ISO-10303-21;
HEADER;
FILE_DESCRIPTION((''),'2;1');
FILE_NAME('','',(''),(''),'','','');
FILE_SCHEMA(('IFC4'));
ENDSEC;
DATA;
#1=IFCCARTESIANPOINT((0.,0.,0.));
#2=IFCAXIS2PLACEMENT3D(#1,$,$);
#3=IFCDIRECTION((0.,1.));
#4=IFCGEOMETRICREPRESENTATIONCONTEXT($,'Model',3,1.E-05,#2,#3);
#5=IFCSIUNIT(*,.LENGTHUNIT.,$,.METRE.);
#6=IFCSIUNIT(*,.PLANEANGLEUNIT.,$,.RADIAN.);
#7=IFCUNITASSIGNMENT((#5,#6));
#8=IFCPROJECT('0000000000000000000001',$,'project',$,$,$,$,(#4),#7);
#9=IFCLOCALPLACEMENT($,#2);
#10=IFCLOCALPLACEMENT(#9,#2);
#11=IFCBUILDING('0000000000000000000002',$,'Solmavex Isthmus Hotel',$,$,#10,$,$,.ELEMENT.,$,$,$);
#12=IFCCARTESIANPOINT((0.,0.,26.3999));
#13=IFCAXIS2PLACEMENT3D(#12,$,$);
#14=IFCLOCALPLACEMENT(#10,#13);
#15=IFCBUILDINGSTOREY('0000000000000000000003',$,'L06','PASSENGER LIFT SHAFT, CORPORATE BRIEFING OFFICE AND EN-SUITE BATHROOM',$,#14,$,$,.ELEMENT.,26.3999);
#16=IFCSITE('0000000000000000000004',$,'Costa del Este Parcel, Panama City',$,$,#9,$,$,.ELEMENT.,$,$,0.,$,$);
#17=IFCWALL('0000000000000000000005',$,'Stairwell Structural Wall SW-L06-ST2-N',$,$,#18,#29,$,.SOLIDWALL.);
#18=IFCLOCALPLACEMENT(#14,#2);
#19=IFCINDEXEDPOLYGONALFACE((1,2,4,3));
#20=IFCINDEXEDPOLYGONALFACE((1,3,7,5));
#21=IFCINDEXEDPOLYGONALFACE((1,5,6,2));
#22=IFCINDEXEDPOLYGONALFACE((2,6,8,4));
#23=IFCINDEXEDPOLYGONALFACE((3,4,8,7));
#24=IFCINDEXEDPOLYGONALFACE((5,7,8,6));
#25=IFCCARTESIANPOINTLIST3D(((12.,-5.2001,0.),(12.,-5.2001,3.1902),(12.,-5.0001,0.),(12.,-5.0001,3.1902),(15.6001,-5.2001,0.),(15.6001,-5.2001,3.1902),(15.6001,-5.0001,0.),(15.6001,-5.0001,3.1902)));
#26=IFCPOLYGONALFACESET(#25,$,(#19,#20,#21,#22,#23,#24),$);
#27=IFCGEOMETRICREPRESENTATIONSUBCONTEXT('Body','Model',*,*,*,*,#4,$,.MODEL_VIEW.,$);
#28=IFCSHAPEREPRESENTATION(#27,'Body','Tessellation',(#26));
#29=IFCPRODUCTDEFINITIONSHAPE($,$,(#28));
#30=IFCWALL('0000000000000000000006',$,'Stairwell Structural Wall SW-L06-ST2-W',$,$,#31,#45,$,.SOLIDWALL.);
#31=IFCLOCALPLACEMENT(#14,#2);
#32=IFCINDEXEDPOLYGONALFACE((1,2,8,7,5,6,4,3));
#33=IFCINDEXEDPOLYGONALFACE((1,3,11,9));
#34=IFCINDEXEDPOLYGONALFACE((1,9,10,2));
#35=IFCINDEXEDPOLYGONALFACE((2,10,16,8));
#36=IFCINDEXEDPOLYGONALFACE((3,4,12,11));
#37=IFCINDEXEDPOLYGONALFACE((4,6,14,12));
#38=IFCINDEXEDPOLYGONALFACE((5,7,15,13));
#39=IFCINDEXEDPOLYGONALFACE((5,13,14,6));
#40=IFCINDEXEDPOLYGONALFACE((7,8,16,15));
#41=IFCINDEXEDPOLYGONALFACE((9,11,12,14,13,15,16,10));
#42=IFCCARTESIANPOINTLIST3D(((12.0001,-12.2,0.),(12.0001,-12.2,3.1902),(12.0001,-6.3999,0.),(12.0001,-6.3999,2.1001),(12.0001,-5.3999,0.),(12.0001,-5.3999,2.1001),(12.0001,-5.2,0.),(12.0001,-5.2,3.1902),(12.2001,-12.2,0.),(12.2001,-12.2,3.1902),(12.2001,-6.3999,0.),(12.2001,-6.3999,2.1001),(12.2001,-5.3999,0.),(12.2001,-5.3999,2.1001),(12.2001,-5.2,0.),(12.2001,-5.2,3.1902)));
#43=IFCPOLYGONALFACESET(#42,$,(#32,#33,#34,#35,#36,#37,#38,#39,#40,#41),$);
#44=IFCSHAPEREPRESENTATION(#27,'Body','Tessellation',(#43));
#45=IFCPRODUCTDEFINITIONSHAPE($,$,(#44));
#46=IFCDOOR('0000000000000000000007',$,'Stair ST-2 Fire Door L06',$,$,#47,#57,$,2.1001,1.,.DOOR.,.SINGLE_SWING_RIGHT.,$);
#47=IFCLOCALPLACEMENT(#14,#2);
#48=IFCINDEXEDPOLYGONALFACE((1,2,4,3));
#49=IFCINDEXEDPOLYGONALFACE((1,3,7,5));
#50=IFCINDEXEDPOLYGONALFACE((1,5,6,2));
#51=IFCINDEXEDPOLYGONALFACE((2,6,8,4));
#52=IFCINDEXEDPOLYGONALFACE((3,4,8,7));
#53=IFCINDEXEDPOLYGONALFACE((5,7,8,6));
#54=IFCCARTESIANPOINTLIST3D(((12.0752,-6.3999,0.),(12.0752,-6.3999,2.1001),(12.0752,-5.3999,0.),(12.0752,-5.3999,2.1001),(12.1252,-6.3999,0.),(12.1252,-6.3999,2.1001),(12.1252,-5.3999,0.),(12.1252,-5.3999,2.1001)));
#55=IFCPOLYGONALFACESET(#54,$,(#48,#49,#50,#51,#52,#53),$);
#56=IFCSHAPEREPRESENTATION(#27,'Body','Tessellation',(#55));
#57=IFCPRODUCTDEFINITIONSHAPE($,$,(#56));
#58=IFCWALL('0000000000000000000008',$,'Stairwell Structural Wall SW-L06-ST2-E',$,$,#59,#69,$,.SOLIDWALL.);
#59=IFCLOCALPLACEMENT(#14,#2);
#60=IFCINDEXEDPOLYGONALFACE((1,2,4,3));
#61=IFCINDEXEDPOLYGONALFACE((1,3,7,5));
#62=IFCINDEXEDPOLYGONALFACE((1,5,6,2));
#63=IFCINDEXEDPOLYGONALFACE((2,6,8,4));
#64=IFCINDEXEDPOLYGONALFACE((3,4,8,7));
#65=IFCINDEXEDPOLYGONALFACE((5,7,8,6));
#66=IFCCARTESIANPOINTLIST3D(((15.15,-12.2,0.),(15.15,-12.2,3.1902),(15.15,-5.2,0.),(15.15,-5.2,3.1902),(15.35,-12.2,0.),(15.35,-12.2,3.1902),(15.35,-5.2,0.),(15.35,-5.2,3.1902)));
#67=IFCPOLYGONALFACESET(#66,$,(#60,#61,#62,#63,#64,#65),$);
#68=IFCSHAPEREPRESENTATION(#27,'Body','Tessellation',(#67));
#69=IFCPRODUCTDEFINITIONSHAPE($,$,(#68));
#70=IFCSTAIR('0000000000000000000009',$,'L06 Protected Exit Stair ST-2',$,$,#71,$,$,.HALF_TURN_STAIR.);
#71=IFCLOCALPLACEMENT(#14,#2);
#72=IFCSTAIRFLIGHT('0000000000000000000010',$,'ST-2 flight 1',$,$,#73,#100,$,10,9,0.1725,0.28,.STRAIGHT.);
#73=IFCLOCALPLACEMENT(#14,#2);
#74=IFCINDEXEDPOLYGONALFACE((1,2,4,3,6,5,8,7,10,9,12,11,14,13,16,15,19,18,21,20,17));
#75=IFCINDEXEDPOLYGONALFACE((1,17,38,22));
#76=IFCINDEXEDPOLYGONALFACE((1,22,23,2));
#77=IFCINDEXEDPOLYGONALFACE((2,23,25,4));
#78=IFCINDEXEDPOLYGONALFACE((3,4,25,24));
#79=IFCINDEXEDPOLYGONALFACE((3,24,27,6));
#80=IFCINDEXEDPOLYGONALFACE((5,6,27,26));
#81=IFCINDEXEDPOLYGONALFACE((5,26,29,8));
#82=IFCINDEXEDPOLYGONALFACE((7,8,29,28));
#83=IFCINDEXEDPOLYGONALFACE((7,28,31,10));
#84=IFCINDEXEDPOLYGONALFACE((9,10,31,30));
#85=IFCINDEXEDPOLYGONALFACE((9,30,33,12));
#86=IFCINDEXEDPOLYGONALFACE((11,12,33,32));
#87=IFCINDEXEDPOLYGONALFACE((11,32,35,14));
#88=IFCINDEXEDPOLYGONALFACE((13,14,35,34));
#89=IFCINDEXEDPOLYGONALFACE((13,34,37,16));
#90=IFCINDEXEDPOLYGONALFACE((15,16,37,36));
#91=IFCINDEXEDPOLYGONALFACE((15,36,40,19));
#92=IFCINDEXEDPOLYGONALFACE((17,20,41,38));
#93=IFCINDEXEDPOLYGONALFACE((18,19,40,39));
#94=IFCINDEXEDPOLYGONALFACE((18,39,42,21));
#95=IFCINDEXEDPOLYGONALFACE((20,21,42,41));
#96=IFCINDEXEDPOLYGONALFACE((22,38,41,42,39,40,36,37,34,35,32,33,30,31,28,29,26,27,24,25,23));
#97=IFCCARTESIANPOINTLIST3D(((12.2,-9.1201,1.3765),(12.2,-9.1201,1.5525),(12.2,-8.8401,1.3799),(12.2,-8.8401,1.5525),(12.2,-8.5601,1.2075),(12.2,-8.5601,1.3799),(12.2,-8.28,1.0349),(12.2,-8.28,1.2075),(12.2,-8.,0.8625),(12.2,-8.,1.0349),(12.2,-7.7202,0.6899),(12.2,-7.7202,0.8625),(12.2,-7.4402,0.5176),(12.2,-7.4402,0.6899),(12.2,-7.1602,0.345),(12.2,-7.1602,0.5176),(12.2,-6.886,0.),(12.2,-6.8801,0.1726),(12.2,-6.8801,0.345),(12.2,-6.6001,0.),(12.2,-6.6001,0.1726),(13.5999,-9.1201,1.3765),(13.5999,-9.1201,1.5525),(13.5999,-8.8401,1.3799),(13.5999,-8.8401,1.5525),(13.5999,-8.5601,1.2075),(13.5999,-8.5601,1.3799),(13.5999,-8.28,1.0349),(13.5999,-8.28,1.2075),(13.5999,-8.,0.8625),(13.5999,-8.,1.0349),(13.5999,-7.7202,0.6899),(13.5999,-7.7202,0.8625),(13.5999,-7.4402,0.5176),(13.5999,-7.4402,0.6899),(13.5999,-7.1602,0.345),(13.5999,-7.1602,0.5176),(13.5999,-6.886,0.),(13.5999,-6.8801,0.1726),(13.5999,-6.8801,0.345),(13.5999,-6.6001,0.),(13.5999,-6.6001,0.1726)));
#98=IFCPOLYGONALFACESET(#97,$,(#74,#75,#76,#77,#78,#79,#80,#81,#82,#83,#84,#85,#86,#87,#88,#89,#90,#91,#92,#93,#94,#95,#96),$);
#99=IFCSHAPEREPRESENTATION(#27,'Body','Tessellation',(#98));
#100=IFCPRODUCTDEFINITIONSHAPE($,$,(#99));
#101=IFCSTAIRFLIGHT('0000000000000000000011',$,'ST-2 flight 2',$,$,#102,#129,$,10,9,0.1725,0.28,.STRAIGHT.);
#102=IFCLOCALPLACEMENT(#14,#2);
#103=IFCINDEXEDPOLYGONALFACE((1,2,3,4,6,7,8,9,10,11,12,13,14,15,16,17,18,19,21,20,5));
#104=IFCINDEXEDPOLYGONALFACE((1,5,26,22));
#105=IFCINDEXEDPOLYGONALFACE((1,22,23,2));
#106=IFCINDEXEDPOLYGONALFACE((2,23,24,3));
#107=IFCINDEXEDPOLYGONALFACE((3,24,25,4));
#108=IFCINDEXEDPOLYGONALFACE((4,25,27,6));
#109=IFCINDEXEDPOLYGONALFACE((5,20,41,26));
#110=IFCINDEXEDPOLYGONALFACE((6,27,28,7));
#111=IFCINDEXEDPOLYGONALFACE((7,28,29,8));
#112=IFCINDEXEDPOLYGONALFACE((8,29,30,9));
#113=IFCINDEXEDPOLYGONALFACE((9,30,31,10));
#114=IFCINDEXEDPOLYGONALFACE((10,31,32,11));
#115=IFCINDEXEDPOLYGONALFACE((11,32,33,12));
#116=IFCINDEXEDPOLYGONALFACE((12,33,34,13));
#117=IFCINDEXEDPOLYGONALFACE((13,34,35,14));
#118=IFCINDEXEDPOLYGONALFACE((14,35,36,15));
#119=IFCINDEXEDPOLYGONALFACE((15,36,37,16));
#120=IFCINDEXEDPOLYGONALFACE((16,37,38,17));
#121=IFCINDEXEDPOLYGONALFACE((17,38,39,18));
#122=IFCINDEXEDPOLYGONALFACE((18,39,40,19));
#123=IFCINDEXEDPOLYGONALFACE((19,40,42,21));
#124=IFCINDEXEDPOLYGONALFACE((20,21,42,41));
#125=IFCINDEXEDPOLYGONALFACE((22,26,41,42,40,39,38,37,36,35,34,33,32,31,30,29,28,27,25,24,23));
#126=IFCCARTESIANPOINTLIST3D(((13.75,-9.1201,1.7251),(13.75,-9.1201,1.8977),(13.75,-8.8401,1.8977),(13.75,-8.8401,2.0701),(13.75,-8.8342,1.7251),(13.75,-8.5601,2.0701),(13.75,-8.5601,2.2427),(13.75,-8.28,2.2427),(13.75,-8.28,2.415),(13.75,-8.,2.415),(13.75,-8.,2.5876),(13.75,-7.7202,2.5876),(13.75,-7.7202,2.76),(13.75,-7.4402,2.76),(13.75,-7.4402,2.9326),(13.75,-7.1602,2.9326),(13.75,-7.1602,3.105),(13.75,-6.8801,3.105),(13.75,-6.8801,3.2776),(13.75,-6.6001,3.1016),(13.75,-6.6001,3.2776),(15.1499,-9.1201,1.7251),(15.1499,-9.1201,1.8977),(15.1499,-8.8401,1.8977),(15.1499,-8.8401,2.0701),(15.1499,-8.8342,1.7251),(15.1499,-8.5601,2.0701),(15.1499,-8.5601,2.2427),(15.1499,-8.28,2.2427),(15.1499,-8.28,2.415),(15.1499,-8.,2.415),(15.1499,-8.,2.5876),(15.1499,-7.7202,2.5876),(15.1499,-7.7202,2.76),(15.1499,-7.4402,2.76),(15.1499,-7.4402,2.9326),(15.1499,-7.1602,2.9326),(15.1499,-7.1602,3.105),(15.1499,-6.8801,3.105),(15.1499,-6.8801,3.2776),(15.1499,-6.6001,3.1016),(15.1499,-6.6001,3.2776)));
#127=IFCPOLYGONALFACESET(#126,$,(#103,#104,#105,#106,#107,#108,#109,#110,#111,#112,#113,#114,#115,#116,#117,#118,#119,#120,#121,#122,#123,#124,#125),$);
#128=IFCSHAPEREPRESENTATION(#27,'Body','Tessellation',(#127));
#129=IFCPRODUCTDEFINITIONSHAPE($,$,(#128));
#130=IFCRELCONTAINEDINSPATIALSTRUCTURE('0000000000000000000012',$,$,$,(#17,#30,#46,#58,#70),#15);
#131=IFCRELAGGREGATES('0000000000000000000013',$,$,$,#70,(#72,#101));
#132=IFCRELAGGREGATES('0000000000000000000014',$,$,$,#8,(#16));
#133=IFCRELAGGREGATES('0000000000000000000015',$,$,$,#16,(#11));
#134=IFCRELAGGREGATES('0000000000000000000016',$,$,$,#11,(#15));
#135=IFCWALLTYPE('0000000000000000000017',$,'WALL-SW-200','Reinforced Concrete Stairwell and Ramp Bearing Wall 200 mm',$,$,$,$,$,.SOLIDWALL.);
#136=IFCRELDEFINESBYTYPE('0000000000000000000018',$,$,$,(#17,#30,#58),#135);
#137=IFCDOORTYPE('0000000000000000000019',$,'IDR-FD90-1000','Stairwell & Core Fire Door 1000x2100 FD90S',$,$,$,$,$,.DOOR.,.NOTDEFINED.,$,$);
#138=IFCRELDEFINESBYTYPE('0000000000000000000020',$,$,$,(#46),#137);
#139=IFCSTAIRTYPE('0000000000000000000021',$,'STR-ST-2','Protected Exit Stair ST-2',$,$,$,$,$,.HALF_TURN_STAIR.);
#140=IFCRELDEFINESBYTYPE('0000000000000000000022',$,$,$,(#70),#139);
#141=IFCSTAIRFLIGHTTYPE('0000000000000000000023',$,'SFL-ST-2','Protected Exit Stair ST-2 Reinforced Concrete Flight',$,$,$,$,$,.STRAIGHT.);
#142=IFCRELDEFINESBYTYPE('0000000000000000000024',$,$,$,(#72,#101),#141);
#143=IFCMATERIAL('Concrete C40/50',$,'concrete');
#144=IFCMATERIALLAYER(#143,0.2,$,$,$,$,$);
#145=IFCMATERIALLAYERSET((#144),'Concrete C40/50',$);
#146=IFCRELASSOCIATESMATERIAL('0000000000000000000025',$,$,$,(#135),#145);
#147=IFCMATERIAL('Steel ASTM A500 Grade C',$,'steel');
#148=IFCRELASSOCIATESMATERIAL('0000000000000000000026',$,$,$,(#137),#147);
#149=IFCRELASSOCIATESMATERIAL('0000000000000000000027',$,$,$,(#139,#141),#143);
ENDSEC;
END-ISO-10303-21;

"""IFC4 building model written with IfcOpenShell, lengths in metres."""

from ifc_helpers import new_model, si_unit, direction, frame, frame_2d, origin, place, context, subcontext, project, spatial, polyline, rectangle, outline, extrude, material, layer, layer_set, type_object, element, fill, aggregate, save


model = new_model("IFC4")

# Units and contexts
model_context = context("Model", 3, precision=1e-05, world=origin(), true_north=direction((0.0, 1.0)))
body_context = subcontext(model_context, "Body", "Model", "MODEL_VIEW")
ifc_project = project(units=[si_unit("LENGTHUNIT", "METRE"), si_unit("PLANEANGLEUNIT", "RADIAN")], contexts=[model_context])

# Site, building, storey
site_placement = place(None, origin())
site = spatial("IfcSite", under=ifc_project, at=site_placement, Name="Costa del Este Parcel, Panama City", CompositionType="ELEMENT", RefElevation=0.0)
building_placement = place(site_placement, origin())
building = spatial("IfcBuilding", under=site, at=building_placement, Name="Solmavex Isthmus Hotel", CompositionType="ELEMENT")
storey_placement = place(building_placement, frame((0.0, 0.0, 26.3999)))
storey = spatial("IfcBuildingStorey", under=building, at=storey_placement, Name="L06", Description="PASSENGER LIFT SHAFT, CORPORATE BRIEFING OFFICE AND EN-SUITE BATHROOM", CompositionType="ELEMENT", Elevation=26.3999)

# Shared definitions
ifc_material_1 = material(Name="Concrete C40/50", Category="concrete")
ifc_material_2 = material(Name="Steel ASTM A500 Grade C", Category="steel")

# Wall
ifc_layer_1 = layer(ifc_material_1, 0.2)
ifc_layer_set_1 = layer_set([ifc_layer_1], Name="Concrete C40/50")
wall_type_1 = type_object("IfcWallType", Name="WALL-SW-200", Description="Reinforced Concrete Stairwell and Ramp Bearing Wall 200 mm", PredefinedType="SOLIDWALL", material=ifc_layer_set_1)
wall_1_placement = place(storey_placement, frame((12.0, -5.1001, 0.0), z_axis=(0.0, 0.0, 1.0), x_axis=(1.0, 0.0, 0.0)))
element("IfcWall", 1, at=wall_1_placement, inside=storey, type_object=wall_type_1, Name="Stairwell Structural Wall SW-L06-ST2-N", PredefinedType="SOLIDWALL", context=body_context, shape_type="SweptSolid", body=[
    extrude(rectangle(XDim=3.6001, YDim=0.2, at=frame_2d((1.8, 0.0))), origin(), (0.0, 0.0, 1.0), 3.1902),
])

# Wall, opening, door
wall_2_placement = place(storey_placement, frame((12.1001, -12.2, 0.0), z_axis=(0.0, 0.0, 1.0), x_axis=(0.0, 1.0, 0.0)))
wall_2 = element("IfcWall", 2, at=wall_2_placement, inside=storey, type_object=wall_type_1, Name="Stairwell Structural Wall SW-L06-ST2-W", PredefinedType="SOLIDWALL", context=body_context, shape_type="SweptSolid", body=[
    extrude(rectangle(XDim=7.0, YDim=0.2, at=frame_2d((3.5, 0.0))), origin(), (0.0, 0.0, 1.0), 3.1902),
])
opening_1_placement = place(wall_2_placement, frame((5.8, 0.0, 0.0)))
opening_1 = element("IfcOpeningElement", 3, at=opening_1_placement, cuts=wall_2, PredefinedType="OPENING", context=body_context, shape_type="SweptSolid", body=[
    extrude(rectangle(XDim=1.0, YDim=2.1001, at=frame_2d((0.5, 1.05))), frame((0.0, 0.1099, 0.0), z_axis=(0.0, -1.0, 0.0), x_axis=(1.0, 0.0, 0.0)), (0.0, 0.0, 1.0), 0.22),
])
door_type_1 = type_object("IfcDoorType", Name="IDR-FD90-1000", Description="Stairwell & Core Fire Door 1000x2100 FD90S", OperationType="NOTDEFINED", PredefinedType="DOOR", material=ifc_material_2)
door_1_placement = place(opening_1_placement, origin())
door_1 = element("IfcDoor", 4, at=door_1_placement, inside=storey, type_object=door_type_1, Name="Stair ST-2 Fire Door L06", OperationType="SINGLE_SWING_RIGHT", OverallHeight=2.1001, OverallWidth=1.0, PredefinedType="DOOR", context=body_context, shape_type="SweptSolid", body=[
    extrude(rectangle(XDim=1.0, YDim=2.1001, at=frame_2d((0.5, 1.05))), frame((0.0, 0.0249, 0.0), z_axis=(0.0, -1.0, 0.0), x_axis=(1.0, 0.0, 0.0)), (0.0, 0.0, 1.0), 0.05),
])
fill(opening_1, door_1)

# Wall
wall_3_placement = place(storey_placement, frame((15.25, -12.2, 0.0), z_axis=(0.0, 0.0, 1.0), x_axis=(0.0, 1.0, 0.0)))
element("IfcWall", 5, at=wall_3_placement, inside=storey, type_object=wall_type_1, Name="Stairwell Structural Wall SW-L06-ST2-E", PredefinedType="SOLIDWALL", context=body_context, shape_type="SweptSolid", body=[
    extrude(rectangle(XDim=7.0, YDim=0.2, at=frame_2d((3.5, 0.0))), origin(), (0.0, 0.0, 1.0), 3.1902),
])

# Stair, stair flights
stair_type = type_object("IfcStairType", Name="STR-ST-2", Description="Protected Exit Stair ST-2", PredefinedType="HALF_TURN_STAIR", material=ifc_material_1)
stair_placement = place(storey_placement, origin())
stair = element("IfcStair", 6, at=stair_placement, inside=storey, type_object=stair_type, Name="L06 Protected Exit Stair ST-2", PredefinedType="HALF_TURN_STAIR")
stair_flight_type = type_object("IfcStairFlightType", Name="SFL-ST-2", Description="Protected Exit Stair ST-2 Reinforced Concrete Flight", PredefinedType="STRAIGHT", material=ifc_material_1)
stair_flight_1_placement = place(storey_placement, frame((12.8999, -6.6001, 0.0), z_axis=(0.0, 0.0, 1.0), x_axis=(0.0, -1.0, 0.0)))
stair_flight_1 = element("IfcStairFlight", 7, at=stair_flight_1_placement, type_object=stair_flight_type, Name="ST-2 flight 1", NumberOfRisers=10, NumberOfTreads=9, PredefinedType="STRAIGHT", RiserHeight=0.1725, TreadLength=0.28, context=body_context, shape_type="SweptSolid", body=[
    extrude(outline(polyline([(0.0, 0.0), (0.0, 0.1726), (0.28, 0.1726), (0.28, 0.345), (0.5601, 0.345), (0.5601, 0.5176), (0.8401, 0.5176), (0.8401, 0.6899), (1.1201, 0.6899), (1.1201, 0.8625), (1.3999, 0.8625), (1.3999, 1.0349), (1.6799, 1.0349), (1.6799, 1.2075), (1.96, 1.2075), (1.96, 1.3799), (2.24, 1.3799), (2.24, 1.5525), (2.52, 1.5525), (2.52, 1.7251), (2.52, 1.3765), (0.2859, 0.0), (0.0, 0.0)])), frame((0.0, 0.7, 0.0), z_axis=(0.0, -1.0, 0.0), x_axis=(1.0, 0.0, 0.0)), (0.0, 0.0, 1.0), 1.3999),
])
stair_flight_2_placement = place(storey_placement, frame((14.45, -9.1201, 1.7251), z_axis=(0.0, 0.0, 1.0), x_axis=(0.0, 1.0, 0.0)))
stair_flight_2 = element("IfcStairFlight", 8, at=stair_flight_2_placement, type_object=stair_flight_type, Name="ST-2 flight 2", NumberOfRisers=10, NumberOfTreads=9, PredefinedType="STRAIGHT", RiserHeight=0.1725, TreadLength=0.28, context=body_context, shape_type="SweptSolid", body=[
    extrude(outline(polyline([(0.0, 0.0), (0.0, 0.1726), (0.28, 0.1726), (0.28, 0.345), (0.5601, 0.345), (0.5601, 0.5176), (0.8401, 0.5176), (0.8401, 0.6899), (1.1201, 0.6899), (1.1201, 0.8625), (1.3999, 0.8625), (1.3999, 1.0349), (1.6799, 1.0349), (1.6799, 1.2075), (1.96, 1.2075), (1.96, 1.3799), (2.24, 1.3799), (2.24, 1.5525), (2.52, 1.5525), (2.52, 1.7251), (2.52, 1.3765), (0.2859, 0.0), (0.0, 0.0)])), frame((0.0, 0.7, 0.0), z_axis=(0.0, -1.0, 0.0), x_axis=(1.0, 0.0, 0.0)), (0.0, 0.0, 1.0), 1.3999),
])
aggregate(stair, [stair_flight_1, stair_flight_2])

save(model, "model.ifc")
